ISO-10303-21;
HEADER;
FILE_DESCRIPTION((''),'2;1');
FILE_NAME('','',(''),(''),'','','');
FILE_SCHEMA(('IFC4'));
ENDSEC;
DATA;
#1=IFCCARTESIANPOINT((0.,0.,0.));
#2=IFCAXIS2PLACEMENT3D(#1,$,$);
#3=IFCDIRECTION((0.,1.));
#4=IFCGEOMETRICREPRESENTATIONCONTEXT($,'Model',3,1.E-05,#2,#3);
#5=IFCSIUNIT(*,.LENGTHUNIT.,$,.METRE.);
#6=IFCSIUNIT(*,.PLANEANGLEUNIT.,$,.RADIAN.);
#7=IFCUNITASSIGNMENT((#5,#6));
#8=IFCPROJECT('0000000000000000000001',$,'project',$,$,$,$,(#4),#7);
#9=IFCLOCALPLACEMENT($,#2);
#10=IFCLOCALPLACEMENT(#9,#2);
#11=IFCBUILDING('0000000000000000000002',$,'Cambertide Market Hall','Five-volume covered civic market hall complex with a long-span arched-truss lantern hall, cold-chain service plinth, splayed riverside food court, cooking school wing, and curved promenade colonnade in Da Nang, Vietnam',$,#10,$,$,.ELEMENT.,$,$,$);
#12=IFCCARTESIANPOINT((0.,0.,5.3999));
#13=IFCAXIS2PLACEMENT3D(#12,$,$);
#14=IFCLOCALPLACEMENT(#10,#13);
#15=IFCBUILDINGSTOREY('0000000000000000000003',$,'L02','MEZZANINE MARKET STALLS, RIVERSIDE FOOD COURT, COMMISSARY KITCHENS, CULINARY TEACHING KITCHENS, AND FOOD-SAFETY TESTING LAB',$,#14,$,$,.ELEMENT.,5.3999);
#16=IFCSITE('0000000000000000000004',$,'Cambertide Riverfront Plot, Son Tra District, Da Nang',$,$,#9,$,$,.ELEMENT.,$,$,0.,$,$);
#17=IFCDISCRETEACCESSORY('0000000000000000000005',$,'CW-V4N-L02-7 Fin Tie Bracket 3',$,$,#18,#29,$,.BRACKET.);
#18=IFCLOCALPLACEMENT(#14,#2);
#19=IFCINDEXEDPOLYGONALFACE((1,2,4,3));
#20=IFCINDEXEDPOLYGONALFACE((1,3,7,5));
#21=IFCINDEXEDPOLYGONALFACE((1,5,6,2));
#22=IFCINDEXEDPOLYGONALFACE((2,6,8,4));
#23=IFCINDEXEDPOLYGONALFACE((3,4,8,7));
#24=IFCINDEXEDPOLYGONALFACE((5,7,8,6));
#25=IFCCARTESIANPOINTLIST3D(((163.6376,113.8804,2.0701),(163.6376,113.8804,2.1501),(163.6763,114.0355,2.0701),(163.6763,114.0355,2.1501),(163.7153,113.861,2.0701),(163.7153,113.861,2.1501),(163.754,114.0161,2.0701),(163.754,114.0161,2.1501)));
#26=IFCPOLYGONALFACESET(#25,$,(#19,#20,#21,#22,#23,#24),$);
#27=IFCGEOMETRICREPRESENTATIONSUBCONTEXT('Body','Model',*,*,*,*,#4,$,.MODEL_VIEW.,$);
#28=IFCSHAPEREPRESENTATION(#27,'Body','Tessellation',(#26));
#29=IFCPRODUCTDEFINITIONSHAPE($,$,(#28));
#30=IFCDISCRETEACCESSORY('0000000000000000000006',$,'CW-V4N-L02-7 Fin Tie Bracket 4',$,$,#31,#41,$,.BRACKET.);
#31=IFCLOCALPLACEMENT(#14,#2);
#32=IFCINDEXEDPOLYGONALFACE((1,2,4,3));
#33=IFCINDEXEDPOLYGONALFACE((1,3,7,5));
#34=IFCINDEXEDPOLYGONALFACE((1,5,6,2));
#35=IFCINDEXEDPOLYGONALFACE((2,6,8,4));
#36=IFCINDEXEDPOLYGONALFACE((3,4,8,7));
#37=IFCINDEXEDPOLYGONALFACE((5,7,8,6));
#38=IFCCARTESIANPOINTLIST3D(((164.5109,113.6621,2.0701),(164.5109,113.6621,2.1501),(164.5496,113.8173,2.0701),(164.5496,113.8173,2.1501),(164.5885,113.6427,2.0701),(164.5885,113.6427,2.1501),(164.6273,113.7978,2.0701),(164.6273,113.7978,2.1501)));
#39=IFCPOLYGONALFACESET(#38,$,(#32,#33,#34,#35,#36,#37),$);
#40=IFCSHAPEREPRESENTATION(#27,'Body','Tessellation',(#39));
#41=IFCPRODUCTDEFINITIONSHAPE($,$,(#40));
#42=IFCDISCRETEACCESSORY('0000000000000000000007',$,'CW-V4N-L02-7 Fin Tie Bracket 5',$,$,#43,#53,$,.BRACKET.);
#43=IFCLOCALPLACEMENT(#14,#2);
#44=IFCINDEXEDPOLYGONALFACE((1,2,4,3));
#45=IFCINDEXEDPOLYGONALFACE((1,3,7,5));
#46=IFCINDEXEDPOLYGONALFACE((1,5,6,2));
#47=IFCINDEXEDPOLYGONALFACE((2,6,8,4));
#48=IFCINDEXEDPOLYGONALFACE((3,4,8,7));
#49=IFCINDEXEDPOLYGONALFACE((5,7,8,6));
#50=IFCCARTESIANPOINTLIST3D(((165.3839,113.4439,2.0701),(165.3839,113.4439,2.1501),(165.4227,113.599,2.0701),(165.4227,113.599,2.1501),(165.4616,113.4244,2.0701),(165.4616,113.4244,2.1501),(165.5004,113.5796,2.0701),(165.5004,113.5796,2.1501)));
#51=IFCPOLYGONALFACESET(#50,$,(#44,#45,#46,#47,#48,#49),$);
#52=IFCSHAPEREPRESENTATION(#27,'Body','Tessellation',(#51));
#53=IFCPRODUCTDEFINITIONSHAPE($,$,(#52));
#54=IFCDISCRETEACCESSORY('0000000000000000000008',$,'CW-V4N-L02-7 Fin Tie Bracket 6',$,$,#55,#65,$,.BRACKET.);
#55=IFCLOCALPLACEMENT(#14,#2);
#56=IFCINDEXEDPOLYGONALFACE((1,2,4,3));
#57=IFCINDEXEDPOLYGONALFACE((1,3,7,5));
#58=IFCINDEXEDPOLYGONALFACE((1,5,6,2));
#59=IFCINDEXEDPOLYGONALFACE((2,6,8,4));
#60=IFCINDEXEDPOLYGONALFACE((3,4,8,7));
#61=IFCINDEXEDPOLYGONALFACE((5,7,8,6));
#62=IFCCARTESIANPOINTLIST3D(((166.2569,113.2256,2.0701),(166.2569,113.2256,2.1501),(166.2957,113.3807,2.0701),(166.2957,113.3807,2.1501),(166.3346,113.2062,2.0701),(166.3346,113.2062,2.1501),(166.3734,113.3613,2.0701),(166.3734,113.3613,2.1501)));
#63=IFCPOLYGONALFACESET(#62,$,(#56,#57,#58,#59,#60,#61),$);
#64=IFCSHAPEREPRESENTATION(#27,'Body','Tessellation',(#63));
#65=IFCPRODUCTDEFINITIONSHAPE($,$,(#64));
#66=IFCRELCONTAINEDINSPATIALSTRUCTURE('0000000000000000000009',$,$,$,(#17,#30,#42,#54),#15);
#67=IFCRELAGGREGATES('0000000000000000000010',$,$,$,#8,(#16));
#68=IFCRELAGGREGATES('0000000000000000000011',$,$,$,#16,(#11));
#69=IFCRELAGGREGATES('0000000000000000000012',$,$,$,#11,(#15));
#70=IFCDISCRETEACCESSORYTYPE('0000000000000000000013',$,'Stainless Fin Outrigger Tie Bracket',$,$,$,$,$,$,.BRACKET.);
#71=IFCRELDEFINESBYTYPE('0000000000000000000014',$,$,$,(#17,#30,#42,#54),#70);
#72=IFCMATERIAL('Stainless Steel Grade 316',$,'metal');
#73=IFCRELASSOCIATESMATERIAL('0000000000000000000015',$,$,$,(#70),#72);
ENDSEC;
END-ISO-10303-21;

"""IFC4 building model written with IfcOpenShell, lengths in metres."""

from ifc_helpers import new_model, si_unit, direction, frame, origin, origin_2d, place, context, subcontext, project, spatial, rectangle, extrude, material, type_object, element, save


model = new_model("IFC4")

# Units and contexts
model_context = context("Model", 3, precision=1e-05, world=origin(), true_north=direction((0.0, 1.0)))
body_context = subcontext(model_context, "Body", "Model", "MODEL_VIEW")
ifc_project = project(units=[si_unit("LENGTHUNIT", "METRE"), si_unit("PLANEANGLEUNIT", "RADIAN")], contexts=[model_context])

# Site, building, storey
site_placement = place(None, origin())
site = spatial("IfcSite", under=ifc_project, at=site_placement, Name="Cambertide Riverfront Plot, Son Tra District, Da Nang", CompositionType="ELEMENT", RefElevation=0.0)
building_placement = place(site_placement, origin())
building = spatial("IfcBuilding", under=site, at=building_placement, Name="Cambertide Market Hall", Description="Five-volume covered civic market hall complex with a long-span arched-truss lantern hall, cold-chain service plinth, splayed riverside food court, cooking school wing, and curved promenade colonnade in Da Nang, Vietnam", CompositionType="ELEMENT")
storey_placement = place(building_placement, frame((0.0, 0.0, 5.3999)))
storey = spatial("IfcBuildingStorey", under=building, at=storey_placement, Name="L02", Description="MEZZANINE MARKET STALLS, RIVERSIDE FOOD COURT, COMMISSARY KITCHENS, CULINARY TEACHING KITCHENS, AND FOOD-SAFETY TESTING LAB", CompositionType="ELEMENT", Elevation=5.3999)

# Discrete accessories
ifc_material_1 = material(Name="Stainless Steel Grade 316", Category="metal")
discrete_accessory_type = type_object("IfcDiscreteAccessoryType", Name="Stainless Fin Outrigger Tie Bracket", PredefinedType="BRACKET", material=ifc_material_1)
for number, where, z_axis, x_axis, name in (
    (1, (163.6958, 113.9482, 2.0701), (0.0, 0.0, 1.0), (0.970143, -0.242536, 0.0), "CW-V4N-L02-7 Fin Tie Bracket 3"),
    (2, (164.5691, 113.73, 2.0701), (0.0, 0.0, 1.0), (0.970143, -0.242536, 0.0), "CW-V4N-L02-7 Fin Tie Bracket 4"),
    (3, (165.4421, 113.5117, 2.0701), (0.0, 0.0, 1.0), (0.970143, -0.242536, 0.0), "CW-V4N-L02-7 Fin Tie Bracket 5"),
    (4, (166.3152, 113.2935, 2.0701), (0.0, 0.0, 1.0), (0.970143, -0.242536, 0.0), "CW-V4N-L02-7 Fin Tie Bracket 6"),
):
    element("IfcDiscreteAccessory", number, at=place(storey_placement, frame(where, z_axis=z_axis, x_axis=x_axis)), inside=storey, type_object=discrete_accessory_type, Name=name, PredefinedType="BRACKET", context=body_context, shape_type="SweptSolid", body=[
        extrude(rectangle(XDim=0.0801, YDim=0.1599, at=origin_2d()), origin(), (0.0, 0.0, 1.0), 0.0801),
    ])

save(model, "model.ifc")
